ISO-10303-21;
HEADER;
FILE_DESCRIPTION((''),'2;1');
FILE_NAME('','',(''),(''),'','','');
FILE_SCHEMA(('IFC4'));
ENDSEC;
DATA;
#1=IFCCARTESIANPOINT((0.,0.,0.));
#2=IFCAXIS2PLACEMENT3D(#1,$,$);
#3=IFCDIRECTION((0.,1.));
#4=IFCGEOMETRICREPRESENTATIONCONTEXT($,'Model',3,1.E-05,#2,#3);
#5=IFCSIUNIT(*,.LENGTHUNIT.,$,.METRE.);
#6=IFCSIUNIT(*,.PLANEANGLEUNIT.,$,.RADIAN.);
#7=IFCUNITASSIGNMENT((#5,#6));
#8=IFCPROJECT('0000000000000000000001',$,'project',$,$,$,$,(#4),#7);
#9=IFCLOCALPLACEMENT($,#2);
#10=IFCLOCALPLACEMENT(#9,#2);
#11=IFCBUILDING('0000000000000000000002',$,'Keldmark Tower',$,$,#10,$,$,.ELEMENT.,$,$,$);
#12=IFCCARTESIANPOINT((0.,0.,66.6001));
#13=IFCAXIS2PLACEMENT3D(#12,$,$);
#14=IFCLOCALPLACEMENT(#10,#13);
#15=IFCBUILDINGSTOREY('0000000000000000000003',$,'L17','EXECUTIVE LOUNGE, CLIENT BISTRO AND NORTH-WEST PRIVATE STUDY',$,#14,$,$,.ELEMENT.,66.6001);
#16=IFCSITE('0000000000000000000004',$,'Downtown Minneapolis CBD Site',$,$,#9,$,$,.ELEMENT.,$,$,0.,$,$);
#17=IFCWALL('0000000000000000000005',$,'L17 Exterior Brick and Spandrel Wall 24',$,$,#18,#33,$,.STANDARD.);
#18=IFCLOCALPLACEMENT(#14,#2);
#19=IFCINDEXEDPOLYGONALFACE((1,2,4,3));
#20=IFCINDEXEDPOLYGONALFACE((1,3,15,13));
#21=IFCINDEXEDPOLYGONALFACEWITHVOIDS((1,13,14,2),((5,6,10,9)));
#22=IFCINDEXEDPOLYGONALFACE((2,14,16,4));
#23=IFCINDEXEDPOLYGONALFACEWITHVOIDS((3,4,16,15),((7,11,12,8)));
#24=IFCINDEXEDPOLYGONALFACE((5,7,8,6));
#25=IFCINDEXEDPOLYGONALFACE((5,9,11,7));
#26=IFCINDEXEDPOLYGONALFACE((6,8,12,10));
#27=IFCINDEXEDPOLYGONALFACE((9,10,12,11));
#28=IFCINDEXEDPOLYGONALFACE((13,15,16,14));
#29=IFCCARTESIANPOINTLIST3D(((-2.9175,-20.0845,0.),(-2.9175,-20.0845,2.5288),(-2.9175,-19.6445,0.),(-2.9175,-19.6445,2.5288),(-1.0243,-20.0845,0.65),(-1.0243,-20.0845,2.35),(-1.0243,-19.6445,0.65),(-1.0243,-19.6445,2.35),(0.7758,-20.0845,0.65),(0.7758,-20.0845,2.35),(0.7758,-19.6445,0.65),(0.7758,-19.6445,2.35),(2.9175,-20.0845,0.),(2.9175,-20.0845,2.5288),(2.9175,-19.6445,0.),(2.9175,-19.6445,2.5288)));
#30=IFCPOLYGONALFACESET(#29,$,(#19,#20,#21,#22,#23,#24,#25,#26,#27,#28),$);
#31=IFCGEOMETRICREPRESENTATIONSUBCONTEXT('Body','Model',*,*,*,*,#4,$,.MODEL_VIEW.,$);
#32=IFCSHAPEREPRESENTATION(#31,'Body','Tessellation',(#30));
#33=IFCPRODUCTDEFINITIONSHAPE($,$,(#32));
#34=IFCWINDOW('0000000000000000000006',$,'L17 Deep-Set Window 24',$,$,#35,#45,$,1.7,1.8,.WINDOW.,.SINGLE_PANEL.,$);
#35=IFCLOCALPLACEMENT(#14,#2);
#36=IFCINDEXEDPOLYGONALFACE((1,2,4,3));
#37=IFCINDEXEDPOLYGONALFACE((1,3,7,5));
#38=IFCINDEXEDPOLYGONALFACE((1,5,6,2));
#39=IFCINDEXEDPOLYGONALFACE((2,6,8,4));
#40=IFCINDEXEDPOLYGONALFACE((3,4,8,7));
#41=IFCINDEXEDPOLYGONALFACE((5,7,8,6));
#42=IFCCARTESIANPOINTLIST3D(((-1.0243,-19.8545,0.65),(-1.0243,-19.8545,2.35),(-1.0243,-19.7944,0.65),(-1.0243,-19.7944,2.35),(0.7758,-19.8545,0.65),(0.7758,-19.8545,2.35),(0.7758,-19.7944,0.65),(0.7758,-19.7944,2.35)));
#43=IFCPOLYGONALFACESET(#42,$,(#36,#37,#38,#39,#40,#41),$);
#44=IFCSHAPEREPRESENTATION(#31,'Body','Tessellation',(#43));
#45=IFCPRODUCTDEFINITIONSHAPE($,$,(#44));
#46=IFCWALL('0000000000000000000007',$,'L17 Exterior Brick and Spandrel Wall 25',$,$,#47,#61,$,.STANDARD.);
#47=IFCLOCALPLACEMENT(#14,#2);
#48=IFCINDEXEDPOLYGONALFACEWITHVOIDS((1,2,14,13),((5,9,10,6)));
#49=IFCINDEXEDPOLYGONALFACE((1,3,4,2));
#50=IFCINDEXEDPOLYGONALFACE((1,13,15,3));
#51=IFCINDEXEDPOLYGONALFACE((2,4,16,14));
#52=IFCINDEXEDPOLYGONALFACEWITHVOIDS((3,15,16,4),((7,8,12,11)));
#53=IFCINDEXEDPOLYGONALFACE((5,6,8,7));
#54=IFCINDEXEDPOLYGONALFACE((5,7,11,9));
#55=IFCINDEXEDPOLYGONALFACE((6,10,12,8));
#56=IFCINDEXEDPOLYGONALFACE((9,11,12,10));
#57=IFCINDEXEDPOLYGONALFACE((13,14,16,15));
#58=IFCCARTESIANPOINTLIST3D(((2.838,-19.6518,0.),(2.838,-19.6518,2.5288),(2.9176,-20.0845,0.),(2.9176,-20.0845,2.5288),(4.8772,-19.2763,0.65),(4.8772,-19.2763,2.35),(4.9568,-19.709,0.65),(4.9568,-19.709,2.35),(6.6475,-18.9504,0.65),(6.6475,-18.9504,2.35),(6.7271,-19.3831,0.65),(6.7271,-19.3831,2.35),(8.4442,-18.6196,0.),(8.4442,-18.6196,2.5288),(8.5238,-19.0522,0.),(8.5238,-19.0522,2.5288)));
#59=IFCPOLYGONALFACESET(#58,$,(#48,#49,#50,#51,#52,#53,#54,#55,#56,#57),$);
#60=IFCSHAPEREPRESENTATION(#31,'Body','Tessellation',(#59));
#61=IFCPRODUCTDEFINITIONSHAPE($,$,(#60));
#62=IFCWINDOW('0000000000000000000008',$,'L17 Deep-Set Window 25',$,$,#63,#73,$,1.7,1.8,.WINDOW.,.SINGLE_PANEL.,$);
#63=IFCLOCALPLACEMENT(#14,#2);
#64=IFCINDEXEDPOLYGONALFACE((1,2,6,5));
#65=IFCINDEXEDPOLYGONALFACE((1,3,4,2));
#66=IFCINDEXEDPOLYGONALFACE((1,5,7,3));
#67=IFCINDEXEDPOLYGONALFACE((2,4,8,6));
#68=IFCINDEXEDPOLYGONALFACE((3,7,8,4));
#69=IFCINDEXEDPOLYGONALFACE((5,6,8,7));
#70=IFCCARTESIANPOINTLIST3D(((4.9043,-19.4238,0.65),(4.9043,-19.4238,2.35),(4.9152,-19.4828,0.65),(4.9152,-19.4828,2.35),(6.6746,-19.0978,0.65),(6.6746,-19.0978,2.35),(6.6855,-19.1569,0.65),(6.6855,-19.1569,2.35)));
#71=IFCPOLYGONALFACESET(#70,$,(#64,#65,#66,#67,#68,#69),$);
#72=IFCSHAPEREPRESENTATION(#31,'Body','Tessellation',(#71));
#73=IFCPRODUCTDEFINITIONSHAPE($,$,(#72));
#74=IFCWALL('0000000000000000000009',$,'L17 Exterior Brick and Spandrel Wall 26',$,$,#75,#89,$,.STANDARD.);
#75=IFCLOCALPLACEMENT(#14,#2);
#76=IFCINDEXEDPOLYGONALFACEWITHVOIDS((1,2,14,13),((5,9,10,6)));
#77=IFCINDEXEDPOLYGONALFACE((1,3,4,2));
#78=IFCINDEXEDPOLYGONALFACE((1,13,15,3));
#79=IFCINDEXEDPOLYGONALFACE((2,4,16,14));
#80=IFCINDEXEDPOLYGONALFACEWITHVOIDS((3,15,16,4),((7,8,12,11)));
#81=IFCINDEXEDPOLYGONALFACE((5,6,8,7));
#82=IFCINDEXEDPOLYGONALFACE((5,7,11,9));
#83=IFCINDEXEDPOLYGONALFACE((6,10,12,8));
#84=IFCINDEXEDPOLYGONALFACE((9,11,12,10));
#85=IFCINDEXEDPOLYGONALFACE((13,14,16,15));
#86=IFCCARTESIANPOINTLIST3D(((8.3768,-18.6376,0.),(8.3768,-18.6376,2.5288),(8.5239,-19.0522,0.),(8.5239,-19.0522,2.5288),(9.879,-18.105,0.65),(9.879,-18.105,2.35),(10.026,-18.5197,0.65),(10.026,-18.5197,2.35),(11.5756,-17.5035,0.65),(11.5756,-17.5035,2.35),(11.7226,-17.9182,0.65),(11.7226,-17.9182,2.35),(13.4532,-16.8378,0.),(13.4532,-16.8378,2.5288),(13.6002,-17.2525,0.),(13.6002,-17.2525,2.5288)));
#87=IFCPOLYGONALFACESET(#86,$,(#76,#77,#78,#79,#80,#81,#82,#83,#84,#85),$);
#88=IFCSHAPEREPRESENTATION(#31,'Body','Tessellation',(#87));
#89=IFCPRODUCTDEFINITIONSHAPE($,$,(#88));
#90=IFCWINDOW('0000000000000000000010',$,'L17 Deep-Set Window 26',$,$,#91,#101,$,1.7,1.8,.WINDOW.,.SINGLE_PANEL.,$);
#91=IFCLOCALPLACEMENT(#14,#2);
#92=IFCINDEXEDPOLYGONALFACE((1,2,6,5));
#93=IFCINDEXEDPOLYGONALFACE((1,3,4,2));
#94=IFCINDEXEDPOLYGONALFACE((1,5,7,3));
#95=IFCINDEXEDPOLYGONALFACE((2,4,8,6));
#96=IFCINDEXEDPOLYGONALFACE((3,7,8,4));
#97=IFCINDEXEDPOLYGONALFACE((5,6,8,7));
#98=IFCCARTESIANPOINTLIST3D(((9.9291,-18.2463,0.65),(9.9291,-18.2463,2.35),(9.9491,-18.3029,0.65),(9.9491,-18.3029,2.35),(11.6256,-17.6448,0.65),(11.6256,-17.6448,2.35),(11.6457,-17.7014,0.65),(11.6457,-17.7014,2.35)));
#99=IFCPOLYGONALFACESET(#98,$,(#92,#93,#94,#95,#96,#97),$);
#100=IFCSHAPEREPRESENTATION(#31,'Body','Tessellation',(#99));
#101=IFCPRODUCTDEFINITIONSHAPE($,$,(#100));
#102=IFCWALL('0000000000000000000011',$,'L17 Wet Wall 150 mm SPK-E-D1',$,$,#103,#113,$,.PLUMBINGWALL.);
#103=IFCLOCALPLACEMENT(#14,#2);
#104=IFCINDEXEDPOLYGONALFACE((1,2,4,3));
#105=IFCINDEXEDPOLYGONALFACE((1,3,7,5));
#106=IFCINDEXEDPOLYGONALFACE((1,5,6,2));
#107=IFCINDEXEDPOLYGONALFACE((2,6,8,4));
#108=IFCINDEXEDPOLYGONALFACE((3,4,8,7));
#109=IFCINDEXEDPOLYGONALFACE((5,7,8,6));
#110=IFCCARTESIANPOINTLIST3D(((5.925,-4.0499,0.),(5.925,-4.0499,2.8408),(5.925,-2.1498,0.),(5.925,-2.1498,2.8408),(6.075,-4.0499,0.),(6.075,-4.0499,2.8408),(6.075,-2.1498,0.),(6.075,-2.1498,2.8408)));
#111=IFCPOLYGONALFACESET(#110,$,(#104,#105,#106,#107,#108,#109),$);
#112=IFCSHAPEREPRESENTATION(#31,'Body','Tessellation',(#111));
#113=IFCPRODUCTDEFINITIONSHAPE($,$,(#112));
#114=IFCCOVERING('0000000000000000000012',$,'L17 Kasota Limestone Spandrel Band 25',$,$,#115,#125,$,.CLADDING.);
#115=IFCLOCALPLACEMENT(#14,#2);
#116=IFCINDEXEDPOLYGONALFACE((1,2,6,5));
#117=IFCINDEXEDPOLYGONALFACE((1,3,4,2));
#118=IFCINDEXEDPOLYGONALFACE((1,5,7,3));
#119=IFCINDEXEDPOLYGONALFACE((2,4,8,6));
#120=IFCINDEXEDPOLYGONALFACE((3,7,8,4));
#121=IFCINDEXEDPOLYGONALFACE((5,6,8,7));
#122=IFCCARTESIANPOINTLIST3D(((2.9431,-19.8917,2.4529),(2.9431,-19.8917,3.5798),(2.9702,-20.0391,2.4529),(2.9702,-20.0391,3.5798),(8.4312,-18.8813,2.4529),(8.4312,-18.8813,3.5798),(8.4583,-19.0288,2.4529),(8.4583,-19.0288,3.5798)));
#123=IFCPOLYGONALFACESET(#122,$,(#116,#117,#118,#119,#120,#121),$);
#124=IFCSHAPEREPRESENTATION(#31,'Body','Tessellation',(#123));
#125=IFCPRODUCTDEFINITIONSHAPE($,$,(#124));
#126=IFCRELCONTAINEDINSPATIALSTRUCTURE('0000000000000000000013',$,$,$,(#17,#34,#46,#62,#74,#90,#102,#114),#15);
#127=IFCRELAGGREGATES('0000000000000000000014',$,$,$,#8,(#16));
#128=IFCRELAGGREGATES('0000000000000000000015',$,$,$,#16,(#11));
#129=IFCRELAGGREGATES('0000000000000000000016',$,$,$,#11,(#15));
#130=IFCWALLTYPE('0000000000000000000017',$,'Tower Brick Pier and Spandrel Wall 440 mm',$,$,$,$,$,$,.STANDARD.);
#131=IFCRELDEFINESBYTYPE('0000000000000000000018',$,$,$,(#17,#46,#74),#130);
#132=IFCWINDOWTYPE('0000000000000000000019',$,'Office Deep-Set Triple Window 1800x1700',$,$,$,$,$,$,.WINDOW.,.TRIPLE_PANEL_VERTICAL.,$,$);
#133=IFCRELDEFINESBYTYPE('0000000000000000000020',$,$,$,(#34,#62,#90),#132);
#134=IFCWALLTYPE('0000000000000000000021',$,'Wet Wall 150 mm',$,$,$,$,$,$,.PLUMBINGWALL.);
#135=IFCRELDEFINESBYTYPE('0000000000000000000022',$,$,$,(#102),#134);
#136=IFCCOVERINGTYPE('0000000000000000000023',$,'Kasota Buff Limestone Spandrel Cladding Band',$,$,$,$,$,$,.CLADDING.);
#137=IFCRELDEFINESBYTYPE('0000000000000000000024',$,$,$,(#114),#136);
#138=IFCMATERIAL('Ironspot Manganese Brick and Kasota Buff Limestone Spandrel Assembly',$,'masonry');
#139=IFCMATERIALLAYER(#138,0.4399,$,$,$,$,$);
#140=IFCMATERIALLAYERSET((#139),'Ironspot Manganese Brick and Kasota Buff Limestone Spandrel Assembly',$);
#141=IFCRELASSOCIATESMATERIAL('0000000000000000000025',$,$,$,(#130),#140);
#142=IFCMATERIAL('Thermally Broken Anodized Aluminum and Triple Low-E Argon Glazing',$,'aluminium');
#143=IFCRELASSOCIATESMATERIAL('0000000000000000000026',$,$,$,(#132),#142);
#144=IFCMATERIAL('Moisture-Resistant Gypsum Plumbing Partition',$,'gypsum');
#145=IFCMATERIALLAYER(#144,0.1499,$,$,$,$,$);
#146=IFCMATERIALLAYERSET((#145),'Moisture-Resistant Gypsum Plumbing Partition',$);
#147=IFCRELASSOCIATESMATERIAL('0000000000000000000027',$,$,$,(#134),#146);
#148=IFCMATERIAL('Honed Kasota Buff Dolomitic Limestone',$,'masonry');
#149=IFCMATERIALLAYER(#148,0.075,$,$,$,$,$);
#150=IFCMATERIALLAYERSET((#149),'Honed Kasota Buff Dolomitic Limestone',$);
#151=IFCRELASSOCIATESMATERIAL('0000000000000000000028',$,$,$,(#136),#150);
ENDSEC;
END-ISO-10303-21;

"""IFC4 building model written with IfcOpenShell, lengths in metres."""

from ifc_helpers import new_model, si_unit, direction, frame, frame_2d, origin, origin_2d, place, context, subcontext, project, spatial, rectangle, extrude, material, layer, layer_set, type_object, element, fill, save


model = new_model("IFC4")

# Units and contexts
model_context = context("Model", 3, precision=1e-05, world=origin(), true_north=direction((0.0, 1.0)))
body_context = subcontext(model_context, "Body", "Model", "MODEL_VIEW")
ifc_project = project(units=[si_unit("LENGTHUNIT", "METRE"), si_unit("PLANEANGLEUNIT", "RADIAN")], contexts=[model_context])

# Site, building, storey
site_placement = place(None, origin())
site = spatial("IfcSite", under=ifc_project, at=site_placement, Name="Downtown Minneapolis CBD Site", CompositionType="ELEMENT", RefElevation=0.0)
building_placement = place(site_placement, origin())
building = spatial("IfcBuilding", under=site, at=building_placement, Name="Keldmark Tower", CompositionType="ELEMENT")
storey_placement = place(building_placement, frame((0.0, 0.0, 66.6001)))
storey = spatial("IfcBuildingStorey", under=building, at=storey_placement, Name="L17", Description="EXECUTIVE LOUNGE, CLIENT BISTRO AND NORTH-WEST PRIVATE STUDY", CompositionType="ELEMENT", Elevation=66.6001)

# Walls, openings, windows
ifc_material_1 = material(Name="Ironspot Manganese Brick and Kasota Buff Limestone Spandrel Assembly", Category="masonry")
ifc_layer_1 = layer(ifc_material_1, 0.4399)
ifc_layer_set_1 = layer_set([ifc_layer_1], Name="Ironspot Manganese Brick and Kasota Buff Limestone Spandrel Assembly")
wall_type_1 = type_object("IfcWallType", Name="Tower Brick Pier and Spandrel Wall 440 mm", PredefinedType="STANDARD", material=ifc_layer_set_1)
wall_1_placement = place(storey_placement, frame((2.9175, -19.8645, 0.0), z_axis=(0.0, 0.0, 1.0), x_axis=(-1.0, 0.0, 0.0)))
wall_1 = element("IfcWall", 1, at=wall_1_placement, inside=storey, type_object=wall_type_1, Name="L17 Exterior Brick and Spandrel Wall 24", PredefinedType="STANDARD", context=body_context, shape_type="SweptSolid", body=[
    extrude(rectangle(XDim=5.835, YDim=0.4399, at=frame_2d((2.9175, 0.0))), origin(), (0.0, 0.0, 1.0), 2.5288),
])
opening_1_placement = place(wall_1_placement, frame((2.1418, 0.0, 0.6499)))
opening_1 = element("IfcOpeningElement", 2, at=opening_1_placement, cuts=wall_1, PredefinedType="OPENING", context=body_context, shape_type="SweptSolid", body=[
    extrude(rectangle(XDim=1.8, YDim=1.7, at=frame_2d((0.8999, 0.8501))), frame((0.0, 0.23, 0.0), z_axis=(0.0, -1.0, 0.0), x_axis=(1.0, 0.0, 0.0)), (0.0, 0.0, 1.0), 0.46),
])
ifc_material_2 = material(Name="Thermally Broken Anodized Aluminum and Triple Low-E Argon Glazing", Category="aluminium")
window_type = type_object("IfcWindowType", Name="Office Deep-Set Triple Window 1800x1700", PartitioningType="TRIPLE_PANEL_VERTICAL", PredefinedType="WINDOW", material=ifc_material_2)
window_1_placement = place(opening_1_placement, origin())
window_1 = element("IfcWindow", 3, at=window_1_placement, inside=storey, type_object=window_type, Name="L17 Deep-Set Window 24", OverallHeight=1.7, OverallWidth=1.8, PartitioningType="SINGLE_PANEL", PredefinedType="WINDOW", context=body_context, shape_type="SweptSolid", body=[
    extrude(rectangle(XDim=1.8, YDim=1.7, at=frame_2d((0.8999, 0.8501))), frame((0.0, -0.01, 0.0), z_axis=(0.0, -1.0, 0.0), x_axis=(1.0, 0.0, 0.0)), (0.0, 0.0, 1.0), 0.0601),
])
fill(opening_1, window_1)
wall_2_placement = place(storey_placement, frame((8.4839, -18.8359, 0.0), z_axis=(0.0, 0.0, 1.0), x_axis=(-0.983469, -0.181078, 0.0)))
wall_2 = element("IfcWall", 4, at=wall_2_placement, inside=storey, type_object=wall_type_1, Name="L17 Exterior Brick and Spandrel Wall 25", PredefinedType="STANDARD", context=body_context, shape_type="SweptSolid", body=[
    extrude(rectangle(XDim=5.7004, YDim=0.4399, at=frame_2d((2.8501, 0.0))), origin(), (0.0, 0.0, 1.0), 2.5288),
])
opening_2_placement = place(wall_2_placement, frame((1.8269, 0.0, 0.6499)))
opening_2 = element("IfcOpeningElement", 5, at=opening_2_placement, cuts=wall_2, PredefinedType="OPENING", context=body_context, shape_type="SweptSolid", body=[
    extrude(rectangle(XDim=1.8, YDim=1.7, at=frame_2d((0.8999, 0.8501))), frame((0.0, 0.23, 0.0), z_axis=(0.0, -1.0, 0.0), x_axis=(1.0, 0.0, 0.0)), (0.0, 0.0, 1.0), 0.46),
])
window_2_placement = place(opening_2_placement, origin())
window_2 = element("IfcWindow", 6, at=window_2_placement, inside=storey, type_object=window_type, Name="L17 Deep-Set Window 25", OverallHeight=1.7, OverallWidth=1.8, PartitioningType="SINGLE_PANEL", PredefinedType="WINDOW", context=body_context, shape_type="SweptSolid", body=[
    extrude(rectangle(XDim=1.8, YDim=1.7, at=frame_2d((0.8999, 0.8501))), frame((0.0, -0.01, 0.0), z_axis=(0.0, -1.0, 0.0), x_axis=(1.0, 0.0, 0.0)), (0.0, 0.0, 1.0), 0.0601),
])
fill(opening_2, window_2)
wall_3_placement = place(storey_placement, frame((13.5266, -17.0452, 0.0), z_axis=(0.0, 0.0, 1.0), x_axis=(-0.942516, -0.334162, 0.0)))
wall_3 = element("IfcWall", 7, at=wall_3_placement, inside=storey, type_object=wall_type_1, Name="L17 Exterior Brick and Spandrel Wall 26", PredefinedType="STANDARD", context=body_context, shape_type="SweptSolid", body=[
    extrude(rectangle(XDim=5.386, YDim=0.4399, at=frame_2d((2.6929, 0.0))), origin(), (0.0, 0.0, 1.0), 2.5288),
])
opening_3_placement = place(wall_3_placement, frame((1.9922, 0.0, 0.6499)))
opening_3 = element("IfcOpeningElement", 8, at=opening_3_placement, cuts=wall_3, PredefinedType="OPENING", context=body_context, shape_type="SweptSolid", body=[
    extrude(rectangle(XDim=1.8, YDim=1.7, at=frame_2d((0.8999, 0.8501))), frame((0.0, 0.23, 0.0), z_axis=(0.0, -1.0, 0.0), x_axis=(1.0, 0.0, 0.0)), (0.0, 0.0, 1.0), 0.46),
])
window_3_placement = place(opening_3_placement, origin())
window_3 = element("IfcWindow", 9, at=window_3_placement, inside=storey, type_object=window_type, Name="L17 Deep-Set Window 26", OverallHeight=1.7, OverallWidth=1.8, PartitioningType="SINGLE_PANEL", PredefinedType="WINDOW", context=body_context, shape_type="SweptSolid", body=[
    extrude(rectangle(XDim=1.8, YDim=1.7, at=frame_2d((0.8999, 0.8501))), frame((0.0, -0.01, 0.0), z_axis=(0.0, -1.0, 0.0), x_axis=(1.0, 0.0, 0.0)), (0.0, 0.0, 1.0), 0.0601),
])
fill(opening_3, window_3)

# Wall
ifc_material_3 = material(Name="Moisture-Resistant Gypsum Plumbing Partition", Category="gypsum")
ifc_layer_2 = layer(ifc_material_3, 0.1499)
ifc_layer_set_2 = layer_set([ifc_layer_2], Name="Moisture-Resistant Gypsum Plumbing Partition")
wall_type_2 = type_object("IfcWallType", Name="Wet Wall 150 mm", PredefinedType="PLUMBINGWALL", material=ifc_layer_set_2)
wall_4_placement = place(storey_placement, frame((6.0, -4.05, 0.0), z_axis=(0.0, 0.0, 1.0), x_axis=(0.0, 1.0, 0.0)))
element("IfcWall", 10, at=wall_4_placement, inside=storey, type_object=wall_type_2, Name="L17 Wet Wall 150 mm SPK-E-D1", PredefinedType="PLUMBINGWALL", context=body_context, shape_type="SweptSolid", body=[
    extrude(rectangle(XDim=1.9001, YDim=0.1499, at=frame_2d((0.9502, 0.0))), origin(), (0.0, 0.0, 1.0), 2.8408),
])

# Covering
ifc_material_4 = material(Name="Honed Kasota Buff Dolomitic Limestone", Category="masonry")
ifc_layer_3 = layer(ifc_material_4, 0.075)
ifc_layer_set_3 = layer_set([ifc_layer_3], Name="Honed Kasota Buff Dolomitic Limestone")
covering_type = type_object("IfcCoveringType", Name="Kasota Buff Limestone Spandrel Cladding Band", PredefinedType="CLADDING", material=ifc_layer_set_3)
covering_placement = place(storey_placement, frame((5.7007, -19.4602, 2.4529), z_axis=(0.0, 0.0, 1.0), x_axis=(0.983474, 0.181051, 0.0)))
element("IfcCovering", 11, at=covering_placement, inside=storey, type_object=covering_type, Name="L17 Kasota Limestone Spandrel Band 25", PredefinedType="CLADDING", context=body_context, shape_type="SweptSolid", body=[
    extrude(rectangle(XDim=5.5803, YDim=0.1499, at=origin_2d()), origin(), (0.0, 0.0, 1.0), 1.127),
])

save(model, "model.ifc")
